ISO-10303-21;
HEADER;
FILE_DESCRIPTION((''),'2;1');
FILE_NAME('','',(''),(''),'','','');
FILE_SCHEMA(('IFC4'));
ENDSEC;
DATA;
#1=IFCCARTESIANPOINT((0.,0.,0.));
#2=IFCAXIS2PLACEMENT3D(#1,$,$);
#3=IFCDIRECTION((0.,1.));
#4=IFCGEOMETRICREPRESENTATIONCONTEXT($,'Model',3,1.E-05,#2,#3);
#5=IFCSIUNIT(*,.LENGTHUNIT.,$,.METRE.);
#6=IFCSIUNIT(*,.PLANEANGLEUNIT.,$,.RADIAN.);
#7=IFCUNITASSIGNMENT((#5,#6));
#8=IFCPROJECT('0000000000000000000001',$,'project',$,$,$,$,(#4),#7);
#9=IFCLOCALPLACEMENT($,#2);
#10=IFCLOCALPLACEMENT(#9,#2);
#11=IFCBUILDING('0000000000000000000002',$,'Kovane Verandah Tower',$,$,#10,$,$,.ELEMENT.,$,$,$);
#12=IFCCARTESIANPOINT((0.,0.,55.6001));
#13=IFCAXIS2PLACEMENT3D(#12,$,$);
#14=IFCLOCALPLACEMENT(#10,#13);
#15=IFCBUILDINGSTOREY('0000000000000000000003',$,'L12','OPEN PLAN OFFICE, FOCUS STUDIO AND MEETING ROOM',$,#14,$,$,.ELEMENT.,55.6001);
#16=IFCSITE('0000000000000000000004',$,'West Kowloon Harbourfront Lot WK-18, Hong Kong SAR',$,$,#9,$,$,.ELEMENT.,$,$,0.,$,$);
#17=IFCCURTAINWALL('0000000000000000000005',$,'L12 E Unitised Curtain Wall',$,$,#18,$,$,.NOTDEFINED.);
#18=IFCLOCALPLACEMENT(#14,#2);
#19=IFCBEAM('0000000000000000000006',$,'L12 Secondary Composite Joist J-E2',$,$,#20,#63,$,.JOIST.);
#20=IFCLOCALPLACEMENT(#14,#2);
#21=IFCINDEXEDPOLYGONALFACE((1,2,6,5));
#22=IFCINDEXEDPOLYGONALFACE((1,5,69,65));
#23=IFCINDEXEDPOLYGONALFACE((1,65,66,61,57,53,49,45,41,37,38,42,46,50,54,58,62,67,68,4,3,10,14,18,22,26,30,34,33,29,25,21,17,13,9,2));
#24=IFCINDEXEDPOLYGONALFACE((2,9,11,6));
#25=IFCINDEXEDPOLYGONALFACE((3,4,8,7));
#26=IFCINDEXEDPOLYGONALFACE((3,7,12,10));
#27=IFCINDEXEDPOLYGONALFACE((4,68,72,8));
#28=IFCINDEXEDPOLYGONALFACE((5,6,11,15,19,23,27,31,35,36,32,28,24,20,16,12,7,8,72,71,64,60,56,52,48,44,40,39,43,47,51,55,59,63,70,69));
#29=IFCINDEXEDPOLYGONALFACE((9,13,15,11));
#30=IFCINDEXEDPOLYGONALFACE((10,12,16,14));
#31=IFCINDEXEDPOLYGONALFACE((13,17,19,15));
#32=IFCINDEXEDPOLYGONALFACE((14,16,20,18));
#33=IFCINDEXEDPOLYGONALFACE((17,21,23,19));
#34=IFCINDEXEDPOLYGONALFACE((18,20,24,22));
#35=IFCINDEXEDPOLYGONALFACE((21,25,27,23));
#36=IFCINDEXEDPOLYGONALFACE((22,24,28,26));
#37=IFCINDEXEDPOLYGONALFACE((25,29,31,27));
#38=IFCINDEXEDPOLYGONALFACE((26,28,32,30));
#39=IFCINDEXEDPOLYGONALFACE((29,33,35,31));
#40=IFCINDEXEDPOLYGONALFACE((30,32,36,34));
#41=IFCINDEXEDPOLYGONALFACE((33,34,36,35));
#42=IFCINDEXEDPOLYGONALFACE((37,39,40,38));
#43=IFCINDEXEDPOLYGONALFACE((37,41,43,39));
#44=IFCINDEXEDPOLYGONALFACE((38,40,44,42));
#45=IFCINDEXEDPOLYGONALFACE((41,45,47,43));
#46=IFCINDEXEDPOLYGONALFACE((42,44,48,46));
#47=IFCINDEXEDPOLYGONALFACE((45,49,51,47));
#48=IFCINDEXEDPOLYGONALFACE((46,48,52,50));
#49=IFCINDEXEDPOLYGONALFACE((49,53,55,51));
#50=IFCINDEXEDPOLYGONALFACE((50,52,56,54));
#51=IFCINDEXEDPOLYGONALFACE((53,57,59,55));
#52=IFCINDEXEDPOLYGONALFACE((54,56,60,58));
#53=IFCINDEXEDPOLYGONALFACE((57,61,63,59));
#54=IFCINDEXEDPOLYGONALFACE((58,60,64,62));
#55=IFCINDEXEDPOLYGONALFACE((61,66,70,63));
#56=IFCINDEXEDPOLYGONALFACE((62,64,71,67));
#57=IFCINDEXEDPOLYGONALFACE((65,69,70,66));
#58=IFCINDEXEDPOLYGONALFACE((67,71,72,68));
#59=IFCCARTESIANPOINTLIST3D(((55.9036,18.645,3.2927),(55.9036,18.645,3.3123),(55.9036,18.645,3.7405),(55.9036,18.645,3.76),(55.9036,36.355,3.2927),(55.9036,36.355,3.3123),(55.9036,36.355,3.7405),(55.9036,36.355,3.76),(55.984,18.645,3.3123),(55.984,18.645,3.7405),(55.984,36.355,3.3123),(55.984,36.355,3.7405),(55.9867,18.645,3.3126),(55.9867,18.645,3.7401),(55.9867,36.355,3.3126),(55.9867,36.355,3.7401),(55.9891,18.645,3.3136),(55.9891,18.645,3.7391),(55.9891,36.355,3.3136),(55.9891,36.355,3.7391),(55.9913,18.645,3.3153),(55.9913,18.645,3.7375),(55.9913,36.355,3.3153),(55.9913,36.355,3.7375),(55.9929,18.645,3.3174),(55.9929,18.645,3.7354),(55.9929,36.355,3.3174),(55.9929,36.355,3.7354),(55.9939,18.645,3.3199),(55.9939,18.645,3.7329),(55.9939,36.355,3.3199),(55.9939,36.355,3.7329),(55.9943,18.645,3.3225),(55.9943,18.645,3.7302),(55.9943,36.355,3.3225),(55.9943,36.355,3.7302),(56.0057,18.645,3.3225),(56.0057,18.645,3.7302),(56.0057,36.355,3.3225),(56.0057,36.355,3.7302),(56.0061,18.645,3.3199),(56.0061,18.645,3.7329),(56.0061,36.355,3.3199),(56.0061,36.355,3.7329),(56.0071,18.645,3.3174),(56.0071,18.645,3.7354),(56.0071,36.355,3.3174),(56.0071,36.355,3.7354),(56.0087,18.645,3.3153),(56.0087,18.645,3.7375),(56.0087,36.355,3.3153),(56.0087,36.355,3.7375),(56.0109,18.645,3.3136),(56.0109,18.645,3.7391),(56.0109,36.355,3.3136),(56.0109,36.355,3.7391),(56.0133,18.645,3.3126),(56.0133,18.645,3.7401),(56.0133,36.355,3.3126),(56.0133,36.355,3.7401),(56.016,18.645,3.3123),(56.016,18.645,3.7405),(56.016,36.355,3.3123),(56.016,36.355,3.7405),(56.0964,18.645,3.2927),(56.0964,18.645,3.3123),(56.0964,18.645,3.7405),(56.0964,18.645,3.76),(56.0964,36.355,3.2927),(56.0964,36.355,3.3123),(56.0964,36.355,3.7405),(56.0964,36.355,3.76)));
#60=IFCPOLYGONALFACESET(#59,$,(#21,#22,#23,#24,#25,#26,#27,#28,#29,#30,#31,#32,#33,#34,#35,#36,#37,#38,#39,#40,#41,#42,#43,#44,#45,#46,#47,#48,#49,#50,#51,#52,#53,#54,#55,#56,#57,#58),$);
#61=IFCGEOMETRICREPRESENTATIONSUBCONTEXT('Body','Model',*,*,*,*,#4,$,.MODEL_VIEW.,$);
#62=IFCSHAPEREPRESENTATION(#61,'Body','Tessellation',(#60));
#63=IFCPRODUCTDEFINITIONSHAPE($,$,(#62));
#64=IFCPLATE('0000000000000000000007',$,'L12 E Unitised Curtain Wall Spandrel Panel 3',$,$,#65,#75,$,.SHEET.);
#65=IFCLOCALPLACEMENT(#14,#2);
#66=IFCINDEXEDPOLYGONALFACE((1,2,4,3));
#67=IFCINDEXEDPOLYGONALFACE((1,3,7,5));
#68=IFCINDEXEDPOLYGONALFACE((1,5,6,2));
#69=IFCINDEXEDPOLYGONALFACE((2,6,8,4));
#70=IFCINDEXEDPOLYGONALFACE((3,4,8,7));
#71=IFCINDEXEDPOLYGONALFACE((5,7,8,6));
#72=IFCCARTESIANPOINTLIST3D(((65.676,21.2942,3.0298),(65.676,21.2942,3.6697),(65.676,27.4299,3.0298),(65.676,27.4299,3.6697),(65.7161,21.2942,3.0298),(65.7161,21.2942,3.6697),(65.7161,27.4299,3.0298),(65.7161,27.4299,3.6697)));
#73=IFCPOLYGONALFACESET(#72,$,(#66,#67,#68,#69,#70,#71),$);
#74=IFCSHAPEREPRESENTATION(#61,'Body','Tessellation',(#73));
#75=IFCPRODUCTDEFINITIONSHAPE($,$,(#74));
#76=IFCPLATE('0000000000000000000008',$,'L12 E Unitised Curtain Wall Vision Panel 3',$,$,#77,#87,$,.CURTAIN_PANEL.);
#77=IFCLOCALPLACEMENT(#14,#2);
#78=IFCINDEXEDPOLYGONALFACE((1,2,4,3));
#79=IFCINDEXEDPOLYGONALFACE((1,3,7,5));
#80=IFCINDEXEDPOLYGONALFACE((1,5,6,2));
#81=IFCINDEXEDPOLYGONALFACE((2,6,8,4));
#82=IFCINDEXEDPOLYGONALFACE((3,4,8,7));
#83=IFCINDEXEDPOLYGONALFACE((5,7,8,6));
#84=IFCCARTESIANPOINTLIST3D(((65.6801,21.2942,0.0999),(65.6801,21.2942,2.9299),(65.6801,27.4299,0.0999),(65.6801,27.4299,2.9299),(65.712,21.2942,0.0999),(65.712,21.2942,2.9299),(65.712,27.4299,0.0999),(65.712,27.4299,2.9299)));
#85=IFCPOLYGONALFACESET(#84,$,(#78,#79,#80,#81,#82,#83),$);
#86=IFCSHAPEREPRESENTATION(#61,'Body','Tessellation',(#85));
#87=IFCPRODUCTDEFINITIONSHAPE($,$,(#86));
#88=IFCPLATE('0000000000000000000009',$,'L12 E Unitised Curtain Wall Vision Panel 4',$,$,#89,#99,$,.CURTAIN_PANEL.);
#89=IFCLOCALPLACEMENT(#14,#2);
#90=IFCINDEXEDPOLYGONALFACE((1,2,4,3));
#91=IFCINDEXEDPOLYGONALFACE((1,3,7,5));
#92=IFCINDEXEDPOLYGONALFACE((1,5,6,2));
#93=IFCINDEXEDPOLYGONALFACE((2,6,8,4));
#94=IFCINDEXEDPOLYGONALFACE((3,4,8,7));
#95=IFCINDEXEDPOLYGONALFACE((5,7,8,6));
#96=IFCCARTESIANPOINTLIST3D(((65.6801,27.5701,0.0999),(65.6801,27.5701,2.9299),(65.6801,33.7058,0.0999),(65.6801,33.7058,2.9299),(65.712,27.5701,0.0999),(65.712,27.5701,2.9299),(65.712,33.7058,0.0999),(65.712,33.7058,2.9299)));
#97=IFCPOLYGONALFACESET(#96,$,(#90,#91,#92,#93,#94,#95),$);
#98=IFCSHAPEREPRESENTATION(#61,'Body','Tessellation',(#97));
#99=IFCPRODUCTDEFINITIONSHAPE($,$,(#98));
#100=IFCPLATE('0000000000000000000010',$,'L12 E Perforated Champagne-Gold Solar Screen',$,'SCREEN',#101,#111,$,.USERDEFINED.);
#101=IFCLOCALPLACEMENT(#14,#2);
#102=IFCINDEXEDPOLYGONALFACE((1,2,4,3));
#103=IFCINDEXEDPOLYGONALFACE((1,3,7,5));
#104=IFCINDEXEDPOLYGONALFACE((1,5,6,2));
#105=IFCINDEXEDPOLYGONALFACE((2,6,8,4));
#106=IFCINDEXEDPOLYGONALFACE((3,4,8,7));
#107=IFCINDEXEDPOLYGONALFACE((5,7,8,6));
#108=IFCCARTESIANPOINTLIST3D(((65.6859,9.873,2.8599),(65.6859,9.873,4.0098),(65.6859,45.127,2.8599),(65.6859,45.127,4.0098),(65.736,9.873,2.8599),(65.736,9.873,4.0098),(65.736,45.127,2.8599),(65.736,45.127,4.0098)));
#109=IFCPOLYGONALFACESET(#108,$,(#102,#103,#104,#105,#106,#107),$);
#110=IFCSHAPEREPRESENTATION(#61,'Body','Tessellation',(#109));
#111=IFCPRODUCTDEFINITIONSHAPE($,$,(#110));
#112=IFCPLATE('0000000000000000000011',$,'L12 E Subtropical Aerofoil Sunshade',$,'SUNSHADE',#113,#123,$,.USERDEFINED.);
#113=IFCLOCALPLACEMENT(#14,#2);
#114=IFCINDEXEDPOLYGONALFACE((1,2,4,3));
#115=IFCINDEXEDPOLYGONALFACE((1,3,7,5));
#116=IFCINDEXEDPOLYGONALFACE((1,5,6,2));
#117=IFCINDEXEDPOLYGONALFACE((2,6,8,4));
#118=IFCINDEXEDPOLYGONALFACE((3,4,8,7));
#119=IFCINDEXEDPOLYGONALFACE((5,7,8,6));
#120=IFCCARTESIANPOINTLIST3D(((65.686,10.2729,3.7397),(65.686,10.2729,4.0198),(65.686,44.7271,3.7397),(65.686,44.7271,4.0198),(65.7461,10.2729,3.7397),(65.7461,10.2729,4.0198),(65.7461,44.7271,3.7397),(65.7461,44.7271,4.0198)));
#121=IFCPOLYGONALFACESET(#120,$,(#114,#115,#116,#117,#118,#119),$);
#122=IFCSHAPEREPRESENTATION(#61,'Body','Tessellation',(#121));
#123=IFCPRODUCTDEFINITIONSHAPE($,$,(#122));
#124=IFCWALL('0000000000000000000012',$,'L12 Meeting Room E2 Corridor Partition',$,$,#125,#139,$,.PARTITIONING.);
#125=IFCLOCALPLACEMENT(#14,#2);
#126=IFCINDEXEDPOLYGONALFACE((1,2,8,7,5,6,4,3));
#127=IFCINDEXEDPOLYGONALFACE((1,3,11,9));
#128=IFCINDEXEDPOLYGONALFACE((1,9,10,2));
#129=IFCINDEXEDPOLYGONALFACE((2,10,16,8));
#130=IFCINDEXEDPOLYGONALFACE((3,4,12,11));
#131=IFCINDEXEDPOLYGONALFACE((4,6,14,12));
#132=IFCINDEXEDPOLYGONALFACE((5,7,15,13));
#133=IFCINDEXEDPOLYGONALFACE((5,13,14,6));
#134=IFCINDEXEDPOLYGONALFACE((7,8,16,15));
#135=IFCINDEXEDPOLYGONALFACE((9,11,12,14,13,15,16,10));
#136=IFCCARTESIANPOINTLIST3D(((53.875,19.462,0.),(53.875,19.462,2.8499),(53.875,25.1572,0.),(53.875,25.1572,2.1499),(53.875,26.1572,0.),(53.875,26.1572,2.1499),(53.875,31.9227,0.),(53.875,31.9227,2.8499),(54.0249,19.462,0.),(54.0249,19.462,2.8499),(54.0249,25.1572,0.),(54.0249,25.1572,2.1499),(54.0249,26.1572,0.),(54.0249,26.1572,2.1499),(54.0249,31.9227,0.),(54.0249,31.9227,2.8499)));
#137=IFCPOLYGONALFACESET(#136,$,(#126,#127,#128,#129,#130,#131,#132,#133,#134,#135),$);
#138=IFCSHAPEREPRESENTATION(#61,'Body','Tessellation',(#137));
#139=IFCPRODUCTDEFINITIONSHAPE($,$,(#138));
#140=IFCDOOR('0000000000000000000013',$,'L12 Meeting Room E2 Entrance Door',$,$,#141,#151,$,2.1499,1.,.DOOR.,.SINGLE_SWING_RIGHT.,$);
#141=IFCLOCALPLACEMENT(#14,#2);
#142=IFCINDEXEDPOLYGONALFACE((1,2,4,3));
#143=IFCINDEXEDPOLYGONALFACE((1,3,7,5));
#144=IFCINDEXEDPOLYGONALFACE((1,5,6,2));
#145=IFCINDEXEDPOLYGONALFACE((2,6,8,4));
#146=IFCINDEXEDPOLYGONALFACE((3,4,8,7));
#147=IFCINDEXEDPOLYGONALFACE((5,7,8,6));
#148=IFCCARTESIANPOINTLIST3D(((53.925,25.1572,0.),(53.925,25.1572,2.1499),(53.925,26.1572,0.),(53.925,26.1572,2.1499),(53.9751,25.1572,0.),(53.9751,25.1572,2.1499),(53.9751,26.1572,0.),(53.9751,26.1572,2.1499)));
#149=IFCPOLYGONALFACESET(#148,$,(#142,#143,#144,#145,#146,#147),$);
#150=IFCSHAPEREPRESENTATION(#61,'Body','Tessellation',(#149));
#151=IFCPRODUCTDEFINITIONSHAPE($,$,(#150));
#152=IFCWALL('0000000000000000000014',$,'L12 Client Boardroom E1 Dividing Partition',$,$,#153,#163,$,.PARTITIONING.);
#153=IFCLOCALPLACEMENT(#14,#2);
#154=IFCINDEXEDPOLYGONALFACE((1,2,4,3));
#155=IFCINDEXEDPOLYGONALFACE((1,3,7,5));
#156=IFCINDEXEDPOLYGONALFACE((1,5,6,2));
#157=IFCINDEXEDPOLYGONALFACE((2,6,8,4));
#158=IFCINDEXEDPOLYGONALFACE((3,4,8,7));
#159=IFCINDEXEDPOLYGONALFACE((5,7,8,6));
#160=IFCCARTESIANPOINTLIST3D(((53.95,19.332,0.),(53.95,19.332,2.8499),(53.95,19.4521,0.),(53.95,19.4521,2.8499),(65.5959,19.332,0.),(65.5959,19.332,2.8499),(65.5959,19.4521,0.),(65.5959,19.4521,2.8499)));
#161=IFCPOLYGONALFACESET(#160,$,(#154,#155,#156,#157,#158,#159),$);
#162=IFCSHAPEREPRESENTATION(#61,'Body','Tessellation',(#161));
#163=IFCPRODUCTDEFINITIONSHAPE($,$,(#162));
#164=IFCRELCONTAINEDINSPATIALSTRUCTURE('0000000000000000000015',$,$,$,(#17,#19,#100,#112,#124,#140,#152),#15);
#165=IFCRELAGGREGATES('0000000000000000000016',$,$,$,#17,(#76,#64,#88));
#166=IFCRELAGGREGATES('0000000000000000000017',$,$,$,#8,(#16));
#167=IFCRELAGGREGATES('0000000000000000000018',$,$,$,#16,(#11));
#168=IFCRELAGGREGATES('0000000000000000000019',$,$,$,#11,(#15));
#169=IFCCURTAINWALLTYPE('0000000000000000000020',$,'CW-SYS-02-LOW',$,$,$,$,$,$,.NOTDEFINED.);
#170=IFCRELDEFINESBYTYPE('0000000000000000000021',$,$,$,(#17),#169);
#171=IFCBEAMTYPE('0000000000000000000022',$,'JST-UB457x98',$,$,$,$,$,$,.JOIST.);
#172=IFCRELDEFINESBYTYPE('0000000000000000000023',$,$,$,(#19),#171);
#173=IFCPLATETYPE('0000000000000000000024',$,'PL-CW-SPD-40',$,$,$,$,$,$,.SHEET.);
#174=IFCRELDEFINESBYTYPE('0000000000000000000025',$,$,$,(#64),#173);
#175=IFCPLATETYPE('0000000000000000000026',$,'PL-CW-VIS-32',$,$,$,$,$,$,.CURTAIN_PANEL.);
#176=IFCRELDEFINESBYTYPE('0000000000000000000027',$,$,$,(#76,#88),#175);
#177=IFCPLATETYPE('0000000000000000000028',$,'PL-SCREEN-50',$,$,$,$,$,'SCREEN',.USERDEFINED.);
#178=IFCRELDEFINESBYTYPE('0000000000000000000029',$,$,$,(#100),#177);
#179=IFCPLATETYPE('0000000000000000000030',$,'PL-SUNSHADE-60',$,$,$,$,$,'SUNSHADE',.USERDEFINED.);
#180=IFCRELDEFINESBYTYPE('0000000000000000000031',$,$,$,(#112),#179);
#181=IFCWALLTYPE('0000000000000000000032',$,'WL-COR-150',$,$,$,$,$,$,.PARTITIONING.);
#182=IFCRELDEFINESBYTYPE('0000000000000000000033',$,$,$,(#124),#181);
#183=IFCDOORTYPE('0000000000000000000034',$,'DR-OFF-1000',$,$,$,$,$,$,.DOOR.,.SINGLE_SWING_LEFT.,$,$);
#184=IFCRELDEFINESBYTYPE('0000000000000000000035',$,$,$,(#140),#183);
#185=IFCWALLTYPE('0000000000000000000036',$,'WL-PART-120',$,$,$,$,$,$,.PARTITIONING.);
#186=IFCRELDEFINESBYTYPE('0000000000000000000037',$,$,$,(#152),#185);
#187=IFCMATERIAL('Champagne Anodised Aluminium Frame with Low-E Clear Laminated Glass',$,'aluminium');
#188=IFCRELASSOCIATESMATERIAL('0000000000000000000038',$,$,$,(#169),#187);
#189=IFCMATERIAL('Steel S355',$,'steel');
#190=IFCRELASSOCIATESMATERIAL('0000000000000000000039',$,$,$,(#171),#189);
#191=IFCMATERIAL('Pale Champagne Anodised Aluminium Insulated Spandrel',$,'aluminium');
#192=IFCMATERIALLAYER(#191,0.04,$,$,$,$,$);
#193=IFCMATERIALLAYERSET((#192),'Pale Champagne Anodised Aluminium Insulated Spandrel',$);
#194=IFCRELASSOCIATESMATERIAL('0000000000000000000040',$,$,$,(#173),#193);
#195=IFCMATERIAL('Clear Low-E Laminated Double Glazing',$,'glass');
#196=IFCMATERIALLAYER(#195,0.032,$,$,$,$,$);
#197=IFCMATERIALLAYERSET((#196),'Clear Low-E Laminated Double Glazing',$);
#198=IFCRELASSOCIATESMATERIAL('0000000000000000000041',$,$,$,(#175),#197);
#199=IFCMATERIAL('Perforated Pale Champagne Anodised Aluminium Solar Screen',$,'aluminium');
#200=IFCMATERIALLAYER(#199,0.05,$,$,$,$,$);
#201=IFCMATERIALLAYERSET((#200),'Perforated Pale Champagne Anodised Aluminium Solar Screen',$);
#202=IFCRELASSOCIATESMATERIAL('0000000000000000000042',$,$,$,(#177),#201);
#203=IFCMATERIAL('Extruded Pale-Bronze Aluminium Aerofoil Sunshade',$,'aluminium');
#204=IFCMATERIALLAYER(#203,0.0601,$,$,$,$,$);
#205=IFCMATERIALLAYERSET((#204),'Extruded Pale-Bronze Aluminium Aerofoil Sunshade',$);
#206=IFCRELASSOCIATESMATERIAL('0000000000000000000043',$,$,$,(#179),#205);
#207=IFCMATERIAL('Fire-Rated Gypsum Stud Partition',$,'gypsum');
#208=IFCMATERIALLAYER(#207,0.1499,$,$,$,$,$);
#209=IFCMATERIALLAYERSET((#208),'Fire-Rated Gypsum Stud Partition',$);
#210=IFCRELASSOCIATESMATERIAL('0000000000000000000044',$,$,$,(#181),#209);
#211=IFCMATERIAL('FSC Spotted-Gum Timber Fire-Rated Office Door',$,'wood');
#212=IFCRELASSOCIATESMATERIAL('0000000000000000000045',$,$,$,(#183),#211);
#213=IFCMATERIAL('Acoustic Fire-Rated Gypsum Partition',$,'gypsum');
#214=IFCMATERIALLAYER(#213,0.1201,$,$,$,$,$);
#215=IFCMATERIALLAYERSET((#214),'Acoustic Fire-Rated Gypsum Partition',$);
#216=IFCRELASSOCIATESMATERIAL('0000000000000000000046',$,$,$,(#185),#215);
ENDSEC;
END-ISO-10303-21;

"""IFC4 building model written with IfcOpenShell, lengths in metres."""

from ifc_helpers import new_model, si_unit, direction, frame, frame_2d, origin, origin_2d, place, context, subcontext, project, spatial, rectangle, i_section, extrude, material, layer, layer_set, material_profile, profile_set, type_object, element, fill, aggregate, save


model = new_model("IFC4")

# Units and contexts
model_context = context("Model", 3, precision=1e-05, world=origin(), true_north=direction((0.0, 1.0)))
body_context = subcontext(model_context, "Body", "Model", "MODEL_VIEW")
ifc_project = project(units=[si_unit("LENGTHUNIT", "METRE"), si_unit("PLANEANGLEUNIT", "RADIAN")], contexts=[model_context])

# Site, building, storey
site_placement = place(None, origin())
site = spatial("IfcSite", under=ifc_project, at=site_placement, Name="West Kowloon Harbourfront Lot WK-18, Hong Kong SAR", CompositionType="ELEMENT", RefElevation=0.0)
building_placement = place(site_placement, origin())
building = spatial("IfcBuilding", under=site, at=building_placement, Name="Kovane Verandah Tower", CompositionType="ELEMENT")
storey_placement = place(building_placement, frame((0.0, 0.0, 55.6001)))
storey = spatial("IfcBuildingStorey", under=building, at=storey_placement, Name="L12", Description="OPEN PLAN OFFICE, FOCUS STUDIO AND MEETING ROOM", CompositionType="ELEMENT", Elevation=55.6001)

# Shared definitions
ifc_material_1 = material(Name="Steel S355", Category="steel")

# Curtain wall
ifc_material_2 = material(Name="Champagne Anodised Aluminium Frame with Low-E Clear Laminated Glass", Category="aluminium")
curtain_wall_type = type_object("IfcCurtainWallType", Name="CW-SYS-02-LOW", PredefinedType="NOTDEFINED", material=ifc_material_2)
curtain_wall_placement = place(storey_placement, origin())
curtain_wall = element("IfcCurtainWall", 1, at=curtain_wall_placement, inside=storey, type_object=curtain_wall_type, Name="L12 E Unitised Curtain Wall", PredefinedType="NOTDEFINED")

# Beam
ifc_material_profile_1 = material_profile(ifc_material_1, i_section(OverallWidth=0.1929, OverallDepth=0.4673, WebThickness=0.0115, FlangeThickness=0.0195, FilletRadius=0.0103, at=origin_2d()), Name="UB457x191x98")
ifc_profile_set_1 = profile_set([ifc_material_profile_1], Name="Steel S355")
beam_type_1 = type_object("IfcBeamType", Name="JST-UB457x98", PredefinedType="JOIST", material=ifc_profile_set_1)
for number, where, z_axis, x_axis, name in (
    (2, (56.0, 18.645, 3.5264), (0.0, 1.0, 0.0), (-1.0, 0.0, 0.0), "L12 Secondary Composite Joist J-E2"),
):
    element("IfcBeam", number, at=place(storey_placement, frame(where, z_axis=z_axis, x_axis=x_axis)), inside=storey, type_object=beam_type_1, Name=name, PredefinedType="JOIST", context=body_context, shape_type="SweptSolid", body=[
        extrude(i_section(OverallWidth=0.1929, OverallDepth=0.4673, WebThickness=0.0115, FlangeThickness=0.0195, FilletRadius=0.0103, at=origin_2d()), origin(), (0.0, 0.0, 1.0), 17.71),
    ])

# Plates
ifc_material_3 = material(Name="Pale Champagne Anodised Aluminium Insulated Spandrel", Category="aluminium")
ifc_layer_1 = layer(ifc_material_3, 0.04)
ifc_layer_set_1 = layer_set([ifc_layer_1], Name="Pale Champagne Anodised Aluminium Insulated Spandrel")
plate_type_1 = type_object("IfcPlateType", Name="PL-CW-SPD-40", PredefinedType="SHEET", material=ifc_layer_set_1)
plate_1_placement = place(storey_placement, frame((65.696, 24.3621, 3.0298), z_axis=(0.0, 0.0, 1.0), x_axis=(0.0, 1.0, 0.0)))
plate_1 = element("IfcPlate", 3, at=plate_1_placement, type_object=plate_type_1, Name="L12 E Unitised Curtain Wall Spandrel Panel 3", PredefinedType="SHEET", context=body_context, shape_type="SweptSolid", body=[
    extrude(rectangle(XDim=6.1357, YDim=0.04, at=origin_2d()), origin(), (0.0, 0.0, 1.0), 0.6399),
])
ifc_material_4 = material(Name="Clear Low-E Laminated Double Glazing", Category="glass")
ifc_layer_2 = layer(ifc_material_4, 0.032)
ifc_layer_set_2 = layer_set([ifc_layer_2], Name="Clear Low-E Laminated Double Glazing")
plate_type_2 = type_object("IfcPlateType", Name="PL-CW-VIS-32", PredefinedType="CURTAIN_PANEL", material=ifc_layer_set_2)
plate_2_placement = place(storey_placement, frame((65.696, 24.3621, 0.0999), z_axis=(0.0, 0.0, 1.0), x_axis=(0.0, 1.0, 0.0)))
plate_2 = element("IfcPlate", 4, at=plate_2_placement, type_object=plate_type_2, Name="L12 E Unitised Curtain Wall Vision Panel 3", PredefinedType="CURTAIN_PANEL", context=body_context, shape_type="SweptSolid", body=[
    extrude(rectangle(XDim=6.1357, YDim=0.032, at=origin_2d()), origin(), (0.0, 0.0, 1.0), 2.8301),
])
plate_3_placement = place(storey_placement, frame((65.696, 30.6379, 0.0999), z_axis=(0.0, 0.0, 1.0), x_axis=(0.0, 1.0, 0.0)))
plate_3 = element("IfcPlate", 5, at=plate_3_placement, type_object=plate_type_2, Name="L12 E Unitised Curtain Wall Vision Panel 4", PredefinedType="CURTAIN_PANEL", context=body_context, shape_type="SweptSolid", body=[
    extrude(rectangle(XDim=6.1357, YDim=0.032, at=origin_2d()), origin(), (0.0, 0.0, 1.0), 2.8301),
])
aggregate(curtain_wall, [plate_2, plate_1, plate_3])

# Plates
ifc_material_5 = material(Name="Perforated Pale Champagne Anodised Aluminium Solar Screen", Category="aluminium")
ifc_layer_3 = layer(ifc_material_5, 0.05)
ifc_layer_set_3 = layer_set([ifc_layer_3], Name="Perforated Pale Champagne Anodised Aluminium Solar Screen")
plate_type_3 = type_object("IfcPlateType", Name="PL-SCREEN-50", ElementType="SCREEN", PredefinedType="USERDEFINED", material=ifc_layer_set_3)
plate_4_placement = place(storey_placement, frame((65.7109, 27.5, 2.8599), z_axis=(0.0, 0.0, 1.0), x_axis=(0.0, 1.0, 0.0)))
element("IfcPlate", 6, at=plate_4_placement, inside=storey, type_object=plate_type_3, Name="L12 E Perforated Champagne-Gold Solar Screen", ObjectType="SCREEN", PredefinedType="USERDEFINED", context=body_context, shape_type="SweptSolid", body=[
    extrude(rectangle(XDim=35.2539, YDim=0.05, at=origin_2d()), origin(), (0.0, 0.0, 1.0), 1.1499),
])
ifc_material_6 = material(Name="Extruded Pale-Bronze Aluminium Aerofoil Sunshade", Category="aluminium")
ifc_layer_4 = layer(ifc_material_6, 0.0601)
ifc_layer_set_4 = layer_set([ifc_layer_4], Name="Extruded Pale-Bronze Aluminium Aerofoil Sunshade")
plate_type_4 = type_object("IfcPlateType", Name="PL-SUNSHADE-60", ElementType="SUNSHADE", PredefinedType="USERDEFINED", material=ifc_layer_set_4)
plate_5_placement = place(storey_placement, frame((65.7161, 27.5, 3.7397), z_axis=(0.0, 0.0, 1.0), x_axis=(0.0, 1.0, 0.0)))
element("IfcPlate", 7, at=plate_5_placement, inside=storey, type_object=plate_type_4, Name="L12 E Subtropical Aerofoil Sunshade", ObjectType="SUNSHADE", PredefinedType="USERDEFINED", context=body_context, shape_type="SweptSolid", body=[
    extrude(rectangle(XDim=34.4541, YDim=0.0601, at=origin_2d()), origin(), (0.0, 0.0, 1.0), 0.28),
])

# Wall, opening, door
ifc_material_7 = material(Name="Fire-Rated Gypsum Stud Partition", Category="gypsum")
ifc_layer_5 = layer(ifc_material_7, 0.1499)
ifc_layer_set_5 = layer_set([ifc_layer_5], Name="Fire-Rated Gypsum Stud Partition")
wall_type_1 = type_object("IfcWallType", Name="WL-COR-150", PredefinedType="PARTITIONING", material=ifc_layer_set_5)
wall_1_placement = place(storey_placement, frame((53.95, 19.4619, 0.0), z_axis=(0.0, 0.0, 1.0), x_axis=(0.0, 1.0, 0.0)))
wall_1 = element("IfcWall", 8, at=wall_1_placement, inside=storey, type_object=wall_type_1, Name="L12 Meeting Room E2 Corridor Partition", PredefinedType="PARTITIONING", context=body_context, shape_type="SweptSolid", body=[
    extrude(rectangle(XDim=12.4607, YDim=0.1499, at=frame_2d((6.2305, 0.0))), origin(), (0.0, 0.0, 1.0), 2.8499),
])
opening_placement = place(wall_1_placement, frame((5.6953, 0.0, 0.0)))
opening = element("IfcOpeningElement", 9, at=opening_placement, cuts=wall_1, PredefinedType="OPENING", context=body_context, shape_type="SweptSolid", body=[
    extrude(rectangle(XDim=1.0, YDim=2.1499, at=frame_2d((0.5, 1.075))), frame((0.0, 0.075, 0.0), z_axis=(0.0, -1.0, 0.0), x_axis=(1.0, 0.0, 0.0)), (0.0, 0.0, 1.0), 0.1499),
])
ifc_material_8 = material(Name="FSC Spotted-Gum Timber Fire-Rated Office Door", Category="wood")
door_type = type_object("IfcDoorType", Name="DR-OFF-1000", OperationType="SINGLE_SWING_LEFT", PredefinedType="DOOR", material=ifc_material_8)
door_placement = place(opening_placement, origin())
door = element("IfcDoor", 10, at=door_placement, inside=storey, type_object=door_type, Name="L12 Meeting Room E2 Entrance Door", OperationType="SINGLE_SWING_RIGHT", OverallHeight=2.1499, OverallWidth=1.0, PredefinedType="DOOR", context=body_context, shape_type="SweptSolid", body=[
    extrude(rectangle(XDim=1.0, YDim=2.1499, at=frame_2d((0.5, 1.075))), frame((0.0, 0.0249, 0.0), z_axis=(0.0, -1.0, 0.0), x_axis=(1.0, 0.0, 0.0)), (0.0, 0.0, 1.0), 0.05),
])
fill(opening, door)

# Wall
ifc_material_9 = material(Name="Acoustic Fire-Rated Gypsum Partition", Category="gypsum")
ifc_layer_6 = layer(ifc_material_9, 0.1201)
ifc_layer_set_6 = layer_set([ifc_layer_6], Name="Acoustic Fire-Rated Gypsum Partition")
wall_type_2 = type_object("IfcWallType", Name="WL-PART-120", PredefinedType="PARTITIONING", material=ifc_layer_set_6)
wall_2_placement = place(storey_placement, frame((53.95, 19.3921, 0.0), z_axis=(0.0, 0.0, 1.0), x_axis=(1.0, 0.0, 0.0)))
element("IfcWall", 11, at=wall_2_placement, inside=storey, type_object=wall_type_2, Name="L12 Client Boardroom E1 Dividing Partition", PredefinedType="PARTITIONING", context=body_context, shape_type="SweptSolid", body=[
    extrude(rectangle(XDim=11.646, YDim=0.1201, at=frame_2d((5.823, 0.0))), origin(), (0.0, 0.0, 1.0), 2.8499),
])

save(model, "model.ifc")
